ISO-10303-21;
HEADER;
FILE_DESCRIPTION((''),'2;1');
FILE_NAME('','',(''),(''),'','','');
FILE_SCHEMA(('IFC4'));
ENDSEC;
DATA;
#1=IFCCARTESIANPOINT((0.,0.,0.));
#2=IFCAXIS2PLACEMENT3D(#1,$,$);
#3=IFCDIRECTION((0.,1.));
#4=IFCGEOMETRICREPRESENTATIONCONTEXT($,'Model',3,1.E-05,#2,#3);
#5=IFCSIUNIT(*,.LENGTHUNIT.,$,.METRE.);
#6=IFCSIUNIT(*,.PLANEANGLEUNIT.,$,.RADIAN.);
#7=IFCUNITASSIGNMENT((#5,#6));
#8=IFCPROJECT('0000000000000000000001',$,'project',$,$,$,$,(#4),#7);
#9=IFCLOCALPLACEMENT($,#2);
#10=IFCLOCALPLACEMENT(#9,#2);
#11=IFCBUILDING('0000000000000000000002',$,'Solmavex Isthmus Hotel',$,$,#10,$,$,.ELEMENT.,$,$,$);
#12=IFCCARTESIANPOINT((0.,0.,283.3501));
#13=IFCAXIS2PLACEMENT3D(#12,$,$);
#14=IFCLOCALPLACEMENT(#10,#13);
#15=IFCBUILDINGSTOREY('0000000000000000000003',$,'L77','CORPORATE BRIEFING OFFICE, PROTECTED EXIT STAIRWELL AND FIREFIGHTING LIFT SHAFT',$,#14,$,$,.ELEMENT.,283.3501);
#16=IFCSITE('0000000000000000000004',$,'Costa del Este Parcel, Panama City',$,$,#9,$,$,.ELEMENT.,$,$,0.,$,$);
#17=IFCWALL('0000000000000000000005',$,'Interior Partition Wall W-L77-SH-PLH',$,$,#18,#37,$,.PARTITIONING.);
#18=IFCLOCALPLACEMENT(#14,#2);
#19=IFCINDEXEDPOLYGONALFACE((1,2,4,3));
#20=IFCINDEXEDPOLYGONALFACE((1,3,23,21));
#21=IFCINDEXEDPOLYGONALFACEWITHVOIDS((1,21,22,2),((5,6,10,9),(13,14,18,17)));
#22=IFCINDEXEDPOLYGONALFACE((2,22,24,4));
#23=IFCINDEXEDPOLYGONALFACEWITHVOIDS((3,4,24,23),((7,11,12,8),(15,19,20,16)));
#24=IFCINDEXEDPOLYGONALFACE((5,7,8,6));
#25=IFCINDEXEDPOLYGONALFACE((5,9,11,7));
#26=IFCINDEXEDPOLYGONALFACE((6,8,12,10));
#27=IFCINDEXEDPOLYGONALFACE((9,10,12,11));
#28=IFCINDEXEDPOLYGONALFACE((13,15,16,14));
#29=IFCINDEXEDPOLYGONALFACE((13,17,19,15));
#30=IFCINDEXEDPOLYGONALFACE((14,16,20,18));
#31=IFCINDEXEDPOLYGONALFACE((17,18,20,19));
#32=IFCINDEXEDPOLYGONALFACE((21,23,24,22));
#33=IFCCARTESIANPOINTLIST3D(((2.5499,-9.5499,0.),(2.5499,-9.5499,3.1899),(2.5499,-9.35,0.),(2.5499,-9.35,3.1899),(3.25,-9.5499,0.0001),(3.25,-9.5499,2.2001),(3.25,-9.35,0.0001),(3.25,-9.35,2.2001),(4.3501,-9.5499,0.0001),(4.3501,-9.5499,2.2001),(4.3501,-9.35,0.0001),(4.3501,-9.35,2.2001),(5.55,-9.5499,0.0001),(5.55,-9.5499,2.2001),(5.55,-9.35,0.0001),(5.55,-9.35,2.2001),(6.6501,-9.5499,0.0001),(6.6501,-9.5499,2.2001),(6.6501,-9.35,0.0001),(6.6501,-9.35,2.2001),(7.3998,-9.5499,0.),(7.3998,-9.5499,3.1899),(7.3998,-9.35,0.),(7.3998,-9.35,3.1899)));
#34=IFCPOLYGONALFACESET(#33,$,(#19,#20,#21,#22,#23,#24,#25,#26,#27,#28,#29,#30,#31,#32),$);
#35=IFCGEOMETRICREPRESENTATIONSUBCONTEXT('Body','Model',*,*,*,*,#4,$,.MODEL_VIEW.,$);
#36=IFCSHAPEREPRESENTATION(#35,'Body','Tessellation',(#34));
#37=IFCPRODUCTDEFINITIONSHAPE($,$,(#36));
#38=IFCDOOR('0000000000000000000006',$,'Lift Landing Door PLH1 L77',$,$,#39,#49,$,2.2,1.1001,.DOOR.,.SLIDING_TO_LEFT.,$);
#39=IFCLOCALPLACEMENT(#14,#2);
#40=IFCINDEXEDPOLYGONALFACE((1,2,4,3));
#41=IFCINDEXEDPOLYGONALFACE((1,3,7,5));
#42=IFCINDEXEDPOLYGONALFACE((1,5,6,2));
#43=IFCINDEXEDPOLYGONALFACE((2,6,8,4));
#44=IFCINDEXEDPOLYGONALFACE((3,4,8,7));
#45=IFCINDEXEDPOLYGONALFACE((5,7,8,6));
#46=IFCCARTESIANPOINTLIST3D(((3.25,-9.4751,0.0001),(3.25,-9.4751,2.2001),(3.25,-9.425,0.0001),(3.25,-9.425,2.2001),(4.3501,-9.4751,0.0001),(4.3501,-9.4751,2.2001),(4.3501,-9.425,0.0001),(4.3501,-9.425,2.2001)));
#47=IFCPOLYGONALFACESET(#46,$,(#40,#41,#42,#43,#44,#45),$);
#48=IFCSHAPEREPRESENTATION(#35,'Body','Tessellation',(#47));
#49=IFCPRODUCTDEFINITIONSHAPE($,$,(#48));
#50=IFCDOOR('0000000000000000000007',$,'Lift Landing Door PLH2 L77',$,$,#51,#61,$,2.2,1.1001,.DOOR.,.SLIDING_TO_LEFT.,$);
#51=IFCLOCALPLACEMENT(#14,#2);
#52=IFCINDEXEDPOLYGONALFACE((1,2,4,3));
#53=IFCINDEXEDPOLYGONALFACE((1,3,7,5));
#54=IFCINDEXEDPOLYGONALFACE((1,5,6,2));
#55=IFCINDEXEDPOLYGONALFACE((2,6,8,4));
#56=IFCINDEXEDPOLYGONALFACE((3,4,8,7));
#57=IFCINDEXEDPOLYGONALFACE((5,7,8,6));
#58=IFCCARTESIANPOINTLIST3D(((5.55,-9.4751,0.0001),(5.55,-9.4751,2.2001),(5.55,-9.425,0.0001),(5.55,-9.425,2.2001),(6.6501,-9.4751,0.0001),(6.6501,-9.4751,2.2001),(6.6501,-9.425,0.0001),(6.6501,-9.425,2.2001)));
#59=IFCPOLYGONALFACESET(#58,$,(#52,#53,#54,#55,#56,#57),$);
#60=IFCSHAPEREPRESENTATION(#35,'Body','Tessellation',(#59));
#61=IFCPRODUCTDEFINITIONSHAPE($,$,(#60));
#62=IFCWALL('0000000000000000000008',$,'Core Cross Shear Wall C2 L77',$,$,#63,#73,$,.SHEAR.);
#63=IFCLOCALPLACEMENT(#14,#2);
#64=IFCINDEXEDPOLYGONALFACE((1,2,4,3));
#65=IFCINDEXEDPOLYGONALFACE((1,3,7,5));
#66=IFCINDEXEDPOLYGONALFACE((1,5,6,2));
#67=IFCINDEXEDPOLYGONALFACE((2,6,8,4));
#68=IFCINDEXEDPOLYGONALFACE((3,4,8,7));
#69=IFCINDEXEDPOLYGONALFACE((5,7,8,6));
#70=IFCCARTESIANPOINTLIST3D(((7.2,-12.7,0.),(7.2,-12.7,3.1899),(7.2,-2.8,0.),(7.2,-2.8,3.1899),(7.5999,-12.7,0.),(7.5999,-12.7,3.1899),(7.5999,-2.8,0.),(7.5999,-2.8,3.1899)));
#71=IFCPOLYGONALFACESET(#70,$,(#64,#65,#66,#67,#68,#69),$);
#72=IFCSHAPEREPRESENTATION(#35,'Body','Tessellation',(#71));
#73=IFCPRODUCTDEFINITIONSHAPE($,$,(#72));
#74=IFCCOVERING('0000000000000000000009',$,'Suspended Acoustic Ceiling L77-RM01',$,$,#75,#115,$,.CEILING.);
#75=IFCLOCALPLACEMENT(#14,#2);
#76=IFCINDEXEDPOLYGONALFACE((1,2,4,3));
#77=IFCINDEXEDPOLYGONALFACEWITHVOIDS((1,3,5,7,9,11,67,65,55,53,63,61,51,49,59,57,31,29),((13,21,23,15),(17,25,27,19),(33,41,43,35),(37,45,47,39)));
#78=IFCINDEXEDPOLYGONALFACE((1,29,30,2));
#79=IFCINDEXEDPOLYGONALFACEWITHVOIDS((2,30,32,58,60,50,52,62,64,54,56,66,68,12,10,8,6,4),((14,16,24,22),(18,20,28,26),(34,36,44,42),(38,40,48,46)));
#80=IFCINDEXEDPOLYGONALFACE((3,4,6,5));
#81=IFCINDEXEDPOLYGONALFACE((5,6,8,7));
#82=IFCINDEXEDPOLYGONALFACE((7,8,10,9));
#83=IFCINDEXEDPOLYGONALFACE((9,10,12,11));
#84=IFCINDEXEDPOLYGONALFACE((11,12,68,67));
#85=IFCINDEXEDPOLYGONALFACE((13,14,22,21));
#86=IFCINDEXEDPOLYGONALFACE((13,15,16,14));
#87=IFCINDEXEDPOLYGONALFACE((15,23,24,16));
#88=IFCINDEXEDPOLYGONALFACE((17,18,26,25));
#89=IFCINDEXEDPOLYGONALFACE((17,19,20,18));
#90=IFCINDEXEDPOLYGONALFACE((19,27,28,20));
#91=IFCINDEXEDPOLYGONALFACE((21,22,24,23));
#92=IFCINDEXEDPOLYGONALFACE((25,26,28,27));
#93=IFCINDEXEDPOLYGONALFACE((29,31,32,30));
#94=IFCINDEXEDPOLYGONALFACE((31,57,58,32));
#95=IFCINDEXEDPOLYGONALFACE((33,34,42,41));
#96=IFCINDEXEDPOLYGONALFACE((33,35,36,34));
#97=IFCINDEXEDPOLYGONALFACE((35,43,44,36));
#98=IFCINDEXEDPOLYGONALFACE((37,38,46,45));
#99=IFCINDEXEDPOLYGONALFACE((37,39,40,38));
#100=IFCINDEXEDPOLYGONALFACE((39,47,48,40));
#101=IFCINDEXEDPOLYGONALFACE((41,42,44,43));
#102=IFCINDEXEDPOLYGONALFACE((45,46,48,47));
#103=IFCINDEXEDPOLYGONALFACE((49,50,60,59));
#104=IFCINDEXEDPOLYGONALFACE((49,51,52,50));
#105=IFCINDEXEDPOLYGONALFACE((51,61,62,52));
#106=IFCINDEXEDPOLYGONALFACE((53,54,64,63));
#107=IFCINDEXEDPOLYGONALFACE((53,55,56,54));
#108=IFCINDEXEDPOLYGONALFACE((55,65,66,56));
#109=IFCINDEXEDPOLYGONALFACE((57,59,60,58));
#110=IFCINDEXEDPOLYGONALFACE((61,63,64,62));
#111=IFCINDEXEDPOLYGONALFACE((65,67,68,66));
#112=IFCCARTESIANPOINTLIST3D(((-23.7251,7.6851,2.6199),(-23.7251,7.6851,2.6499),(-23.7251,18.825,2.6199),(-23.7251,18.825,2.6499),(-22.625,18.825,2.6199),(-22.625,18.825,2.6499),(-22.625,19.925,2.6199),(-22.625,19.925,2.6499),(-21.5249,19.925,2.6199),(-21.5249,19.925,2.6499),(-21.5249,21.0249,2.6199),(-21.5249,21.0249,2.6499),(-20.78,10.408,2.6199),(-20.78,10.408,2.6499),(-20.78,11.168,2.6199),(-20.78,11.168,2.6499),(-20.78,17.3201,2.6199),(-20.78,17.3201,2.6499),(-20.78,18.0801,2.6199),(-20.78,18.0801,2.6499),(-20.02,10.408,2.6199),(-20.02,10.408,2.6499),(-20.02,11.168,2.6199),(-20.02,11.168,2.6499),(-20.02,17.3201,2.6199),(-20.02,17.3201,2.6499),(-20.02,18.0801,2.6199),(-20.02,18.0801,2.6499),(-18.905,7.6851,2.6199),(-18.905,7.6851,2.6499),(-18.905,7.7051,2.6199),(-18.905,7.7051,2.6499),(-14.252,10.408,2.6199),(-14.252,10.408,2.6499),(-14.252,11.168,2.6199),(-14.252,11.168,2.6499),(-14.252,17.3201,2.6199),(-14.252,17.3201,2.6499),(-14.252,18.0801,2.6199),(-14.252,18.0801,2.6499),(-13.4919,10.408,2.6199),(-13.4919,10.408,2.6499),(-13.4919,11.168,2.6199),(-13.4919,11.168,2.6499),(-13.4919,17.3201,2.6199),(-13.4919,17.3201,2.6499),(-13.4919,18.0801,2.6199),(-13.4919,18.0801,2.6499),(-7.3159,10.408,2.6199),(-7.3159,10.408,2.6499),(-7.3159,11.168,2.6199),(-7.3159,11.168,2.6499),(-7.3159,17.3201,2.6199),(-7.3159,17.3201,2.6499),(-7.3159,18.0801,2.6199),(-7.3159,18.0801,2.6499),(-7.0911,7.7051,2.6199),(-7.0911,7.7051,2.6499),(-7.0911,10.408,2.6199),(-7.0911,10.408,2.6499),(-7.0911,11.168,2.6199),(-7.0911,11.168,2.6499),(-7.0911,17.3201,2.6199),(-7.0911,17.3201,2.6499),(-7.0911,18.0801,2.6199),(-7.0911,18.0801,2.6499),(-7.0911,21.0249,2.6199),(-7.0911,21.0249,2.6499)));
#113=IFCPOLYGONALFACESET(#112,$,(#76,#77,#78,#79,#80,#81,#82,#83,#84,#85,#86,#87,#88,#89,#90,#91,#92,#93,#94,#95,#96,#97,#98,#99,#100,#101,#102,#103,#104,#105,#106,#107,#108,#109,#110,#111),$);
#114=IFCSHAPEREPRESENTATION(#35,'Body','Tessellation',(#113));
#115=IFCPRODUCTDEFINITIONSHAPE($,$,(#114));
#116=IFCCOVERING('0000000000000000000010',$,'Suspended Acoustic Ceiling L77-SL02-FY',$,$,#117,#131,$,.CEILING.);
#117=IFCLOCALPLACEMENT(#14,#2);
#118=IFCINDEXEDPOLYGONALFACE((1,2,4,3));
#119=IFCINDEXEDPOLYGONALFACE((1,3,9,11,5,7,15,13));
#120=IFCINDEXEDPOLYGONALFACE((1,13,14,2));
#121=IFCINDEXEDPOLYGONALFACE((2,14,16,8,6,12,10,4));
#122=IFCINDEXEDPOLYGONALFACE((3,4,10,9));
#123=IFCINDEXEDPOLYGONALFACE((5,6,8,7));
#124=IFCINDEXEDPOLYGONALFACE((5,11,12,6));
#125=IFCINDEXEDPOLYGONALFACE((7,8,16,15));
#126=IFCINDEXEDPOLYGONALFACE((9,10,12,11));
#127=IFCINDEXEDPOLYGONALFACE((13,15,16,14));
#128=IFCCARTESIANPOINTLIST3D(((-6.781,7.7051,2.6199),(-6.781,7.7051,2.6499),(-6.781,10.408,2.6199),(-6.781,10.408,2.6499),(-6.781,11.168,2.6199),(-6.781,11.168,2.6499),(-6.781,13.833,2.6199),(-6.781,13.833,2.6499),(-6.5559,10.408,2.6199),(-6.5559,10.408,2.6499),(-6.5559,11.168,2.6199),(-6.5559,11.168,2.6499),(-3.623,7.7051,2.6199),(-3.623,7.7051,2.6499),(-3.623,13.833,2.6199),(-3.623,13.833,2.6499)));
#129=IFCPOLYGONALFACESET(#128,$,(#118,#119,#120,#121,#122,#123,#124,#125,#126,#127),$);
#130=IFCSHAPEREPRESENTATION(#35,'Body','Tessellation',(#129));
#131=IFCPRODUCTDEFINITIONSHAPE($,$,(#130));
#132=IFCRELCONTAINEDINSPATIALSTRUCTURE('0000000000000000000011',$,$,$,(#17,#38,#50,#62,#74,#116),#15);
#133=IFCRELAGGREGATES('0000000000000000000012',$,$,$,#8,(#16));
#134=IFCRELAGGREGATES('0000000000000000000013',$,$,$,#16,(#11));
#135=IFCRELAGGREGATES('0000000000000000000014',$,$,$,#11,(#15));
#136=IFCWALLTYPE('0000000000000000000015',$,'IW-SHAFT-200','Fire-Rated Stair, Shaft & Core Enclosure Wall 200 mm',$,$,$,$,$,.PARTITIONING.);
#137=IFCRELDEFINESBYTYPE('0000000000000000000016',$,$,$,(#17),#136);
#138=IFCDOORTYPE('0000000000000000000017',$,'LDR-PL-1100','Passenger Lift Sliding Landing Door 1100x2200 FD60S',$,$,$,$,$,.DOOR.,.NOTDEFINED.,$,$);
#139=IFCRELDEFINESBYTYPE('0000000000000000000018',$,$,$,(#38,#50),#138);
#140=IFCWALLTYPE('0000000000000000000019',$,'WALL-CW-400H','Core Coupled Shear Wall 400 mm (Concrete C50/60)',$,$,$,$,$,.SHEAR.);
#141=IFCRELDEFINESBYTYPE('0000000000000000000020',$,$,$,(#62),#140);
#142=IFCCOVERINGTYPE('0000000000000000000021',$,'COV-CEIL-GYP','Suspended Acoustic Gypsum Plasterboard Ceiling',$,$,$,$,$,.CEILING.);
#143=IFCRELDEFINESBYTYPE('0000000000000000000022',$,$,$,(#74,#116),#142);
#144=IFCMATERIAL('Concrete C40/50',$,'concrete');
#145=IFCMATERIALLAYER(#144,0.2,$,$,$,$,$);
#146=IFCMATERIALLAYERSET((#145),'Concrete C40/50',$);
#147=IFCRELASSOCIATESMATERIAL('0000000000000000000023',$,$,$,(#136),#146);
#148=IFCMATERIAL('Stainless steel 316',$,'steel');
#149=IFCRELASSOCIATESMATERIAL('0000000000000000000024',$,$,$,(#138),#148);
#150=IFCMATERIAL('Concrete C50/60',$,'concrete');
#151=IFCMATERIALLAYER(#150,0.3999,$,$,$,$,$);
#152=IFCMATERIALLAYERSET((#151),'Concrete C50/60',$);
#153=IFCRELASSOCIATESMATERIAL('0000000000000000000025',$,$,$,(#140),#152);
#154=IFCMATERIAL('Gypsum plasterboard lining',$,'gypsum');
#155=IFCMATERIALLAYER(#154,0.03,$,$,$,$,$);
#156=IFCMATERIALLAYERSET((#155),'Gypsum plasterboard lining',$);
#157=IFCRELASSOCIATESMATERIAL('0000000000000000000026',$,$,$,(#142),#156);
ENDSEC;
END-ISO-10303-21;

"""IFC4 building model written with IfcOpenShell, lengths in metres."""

from ifc_helpers import new_model, si_unit, direction, frame, frame_2d, origin, place, context, subcontext, project, spatial, polyline, rectangle, outline, extrude, material, layer, layer_set, type_object, element, fill, save


model = new_model("IFC4")

# Units and contexts
model_context = context("Model", 3, precision=1e-05, world=origin(), true_north=direction((0.0, 1.0)))
body_context = subcontext(model_context, "Body", "Model", "MODEL_VIEW")
ifc_project = project(units=[si_unit("LENGTHUNIT", "METRE"), si_unit("PLANEANGLEUNIT", "RADIAN")], contexts=[model_context])

# Site, building, storey
site_placement = place(None, origin())
site = spatial("IfcSite", under=ifc_project, at=site_placement, Name="Costa del Este Parcel, Panama City", CompositionType="ELEMENT", RefElevation=0.0)
building_placement = place(site_placement, origin())
building = spatial("IfcBuilding", under=site, at=building_placement, Name="Solmavex Isthmus Hotel", CompositionType="ELEMENT")
storey_placement = place(building_placement, frame((0.0, 0.0, 283.3501)))
storey = spatial("IfcBuildingStorey", under=building, at=storey_placement, Name="L77", Description="CORPORATE BRIEFING OFFICE, PROTECTED EXIT STAIRWELL AND FIREFIGHTING LIFT SHAFT", CompositionType="ELEMENT", Elevation=283.3501)

# Shared definitions
ifc_material_1 = material(Name="Concrete C50/60", Category="concrete")

# Shared definitions
ifc_material_2 = material(Name="Concrete C40/50", Category="concrete")

# Shared definitions
ifc_material_3 = material(Name="Gypsum plasterboard lining", Category="gypsum")

# Shared definitions
ifc_layer_1 = layer(ifc_material_2, 0.2)
ifc_layer_set_1 = layer_set([ifc_layer_1], Name="Concrete C40/50")
wall_type_1 = type_object("IfcWallType", Name="IW-SHAFT-200", Description="Fire-Rated Stair, Shaft & Core Enclosure Wall 200 mm", PredefinedType="PARTITIONING", material=ifc_layer_set_1)
ifc_material_4 = material(Name="Stainless steel 316", Category="steel")

# Wall, openings, doors
wall_1_placement = place(storey_placement, frame((2.55, -9.45, 0.0), z_axis=(0.0, 0.0, 1.0), x_axis=(1.0, 0.0, 0.0)))
wall_1 = element("IfcWall", 1, at=wall_1_placement, inside=storey, type_object=wall_type_1, Name="Interior Partition Wall W-L77-SH-PLH", PredefinedType="PARTITIONING", context=body_context, shape_type="SweptSolid", body=[
    extrude(rectangle(XDim=4.8499, YDim=0.2, at=frame_2d((2.4248, 0.0))), origin(), (0.0, 0.0, 1.0), 3.1899),
])
opening_1_placement = place(wall_1_placement, frame((0.7, 0.0, 0.0)))
opening_1 = element("IfcOpeningElement", 2, at=opening_1_placement, cuts=wall_1, PredefinedType="OPENING", context=body_context, shape_type="SweptSolid", body=[
    extrude(rectangle(XDim=1.1001, YDim=2.2, at=frame_2d((0.55, 1.1001))), frame((0.0, 0.1099, 0.0), z_axis=(0.0, -1.0, 0.0), x_axis=(1.0, 0.0, 0.0)), (0.0, 0.0, 1.0), 0.22),
])
opening_2_placement = place(wall_1_placement, frame((3.0, 0.0, 0.0)))
opening_2 = element("IfcOpeningElement", 3, at=opening_2_placement, cuts=wall_1, PredefinedType="OPENING", context=body_context, shape_type="SweptSolid", body=[
    extrude(rectangle(XDim=1.1001, YDim=2.2, at=frame_2d((0.55, 1.1001))), frame((0.0, 0.1099, 0.0), z_axis=(0.0, -1.0, 0.0), x_axis=(1.0, 0.0, 0.0)), (0.0, 0.0, 1.0), 0.22),
])
door_type_1 = type_object("IfcDoorType", Name="LDR-PL-1100", Description="Passenger Lift Sliding Landing Door 1100x2200 FD60S", OperationType="NOTDEFINED", PredefinedType="DOOR", material=ifc_material_4)
door_1_placement = place(opening_1_placement, origin())
door_1 = element("IfcDoor", 4, at=door_1_placement, inside=storey, type_object=door_type_1, Name="Lift Landing Door PLH1 L77", OperationType="SLIDING_TO_LEFT", OverallHeight=2.2, OverallWidth=1.1001, PredefinedType="DOOR", context=body_context, shape_type="SweptSolid", body=[
    extrude(rectangle(XDim=1.1001, YDim=2.2, at=frame_2d((0.55, 1.1001))), frame((0.0, 0.0249, 0.0), z_axis=(0.0, -1.0, 0.0), x_axis=(1.0, 0.0, 0.0)), (0.0, 0.0, 1.0), 0.05),
])
fill(opening_1, door_1)
door_2_placement = place(opening_2_placement, origin())
door_2 = element("IfcDoor", 5, at=door_2_placement, inside=storey, type_object=door_type_1, Name="Lift Landing Door PLH2 L77", OperationType="SLIDING_TO_LEFT", OverallHeight=2.2, OverallWidth=1.1001, PredefinedType="DOOR", context=body_context, shape_type="SweptSolid", body=[
    extrude(rectangle(XDim=1.1001, YDim=2.2, at=frame_2d((0.55, 1.1001))), frame((0.0, 0.0249, 0.0), z_axis=(0.0, -1.0, 0.0), x_axis=(1.0, 0.0, 0.0)), (0.0, 0.0, 1.0), 0.05),
])
fill(opening_2, door_2)

# Wall
ifc_layer_2 = layer(ifc_material_1, 0.3999)
ifc_layer_set_2 = layer_set([ifc_layer_2], Name="Concrete C50/60")
wall_type_2 = type_object("IfcWallType", Name="WALL-CW-400H", Description="Core Coupled Shear Wall 400 mm (Concrete C50/60)", PredefinedType="SHEAR", material=ifc_layer_set_2)
wall_2_placement = place(storey_placement, frame((7.3999, -12.7, 0.0), z_axis=(0.0, 0.0, 1.0), x_axis=(0.0, 1.0, 0.0)))
element("IfcWall", 6, at=wall_2_placement, inside=storey, type_object=wall_type_2, Name="Core Cross Shear Wall C2 L77", PredefinedType="SHEAR", context=body_context, shape_type="SweptSolid", body=[
    extrude(rectangle(XDim=9.8999, YDim=0.3999, at=frame_2d((4.95, 0.0))), origin(), (0.0, 0.0, 1.0), 3.1899),
])

# Coverings
ifc_layer_3 = layer(ifc_material_3, 0.03)
ifc_layer_set_3 = layer_set([ifc_layer_3], Name="Gypsum plasterboard lining")
covering_type_1 = type_object("IfcCoveringType", Name="COV-CEIL-GYP", Description="Suspended Acoustic Gypsum Plasterboard Ceiling", PredefinedType="CEILING", material=ifc_layer_set_3)
covering_1_placement = place(storey_placement, frame((0.0, 0.0, 2.6199)))
element("IfcCovering", 7, at=covering_1_placement, inside=storey, type_object=covering_type_1, Name="Suspended Acoustic Ceiling L77-RM01", PredefinedType="CEILING", context=body_context, shape_type="SweptSolid", body=[
    extrude(outline(polyline([(-18.905, 7.6851), (-18.905, 7.7051), (-7.0911, 7.7051), (-7.0911, 10.408), (-7.3159, 10.408), (-7.3159, 11.168), (-7.0911, 11.168), (-7.0911, 17.3201), (-7.3159, 17.3201), (-7.3159, 18.0801), (-7.0911, 18.0801), (-7.0911, 21.0249), (-21.5249, 21.0249), (-21.5249, 19.925), (-22.625, 19.925), (-22.625, 18.825), (-23.7251, 18.825), (-23.7251, 7.6851), (-18.905, 7.6851)]), holes=[polyline([(-14.252, 10.408), (-14.252, 11.168), (-13.4919, 11.168), (-13.4919, 10.408), (-14.252, 10.408)]), polyline([(-14.252, 17.3201), (-14.252, 18.0801), (-13.4919, 18.0801), (-13.4919, 17.3201), (-14.252, 17.3201)]), polyline([(-20.78, 10.408), (-20.78, 11.168), (-20.02, 11.168), (-20.02, 10.408), (-20.78, 10.408)]), polyline([(-20.78, 17.3201), (-20.78, 18.0801), (-20.02, 18.0801), (-20.02, 17.3201), (-20.78, 17.3201)])]), origin(), (0.0, 0.0, 1.0), 0.03),
])
covering_2_placement = place(storey_placement, frame((0.0, 0.0, 2.6199)))
element("IfcCovering", 8, at=covering_2_placement, inside=storey, type_object=covering_type_1, Name="Suspended Acoustic Ceiling L77-SL02-FY", PredefinedType="CEILING", context=body_context, shape_type="SweptSolid", body=[
    extrude(outline(polyline([(-6.781, 11.168), (-6.5559, 11.168), (-6.5559, 10.408), (-6.781, 10.408), (-6.781, 7.7051), (-3.623, 7.7051), (-3.623, 13.833), (-6.781, 13.833), (-6.781, 11.168)])), origin(), (0.0, 0.0, 1.0), 0.03),
])

save(model, "model.ifc")
